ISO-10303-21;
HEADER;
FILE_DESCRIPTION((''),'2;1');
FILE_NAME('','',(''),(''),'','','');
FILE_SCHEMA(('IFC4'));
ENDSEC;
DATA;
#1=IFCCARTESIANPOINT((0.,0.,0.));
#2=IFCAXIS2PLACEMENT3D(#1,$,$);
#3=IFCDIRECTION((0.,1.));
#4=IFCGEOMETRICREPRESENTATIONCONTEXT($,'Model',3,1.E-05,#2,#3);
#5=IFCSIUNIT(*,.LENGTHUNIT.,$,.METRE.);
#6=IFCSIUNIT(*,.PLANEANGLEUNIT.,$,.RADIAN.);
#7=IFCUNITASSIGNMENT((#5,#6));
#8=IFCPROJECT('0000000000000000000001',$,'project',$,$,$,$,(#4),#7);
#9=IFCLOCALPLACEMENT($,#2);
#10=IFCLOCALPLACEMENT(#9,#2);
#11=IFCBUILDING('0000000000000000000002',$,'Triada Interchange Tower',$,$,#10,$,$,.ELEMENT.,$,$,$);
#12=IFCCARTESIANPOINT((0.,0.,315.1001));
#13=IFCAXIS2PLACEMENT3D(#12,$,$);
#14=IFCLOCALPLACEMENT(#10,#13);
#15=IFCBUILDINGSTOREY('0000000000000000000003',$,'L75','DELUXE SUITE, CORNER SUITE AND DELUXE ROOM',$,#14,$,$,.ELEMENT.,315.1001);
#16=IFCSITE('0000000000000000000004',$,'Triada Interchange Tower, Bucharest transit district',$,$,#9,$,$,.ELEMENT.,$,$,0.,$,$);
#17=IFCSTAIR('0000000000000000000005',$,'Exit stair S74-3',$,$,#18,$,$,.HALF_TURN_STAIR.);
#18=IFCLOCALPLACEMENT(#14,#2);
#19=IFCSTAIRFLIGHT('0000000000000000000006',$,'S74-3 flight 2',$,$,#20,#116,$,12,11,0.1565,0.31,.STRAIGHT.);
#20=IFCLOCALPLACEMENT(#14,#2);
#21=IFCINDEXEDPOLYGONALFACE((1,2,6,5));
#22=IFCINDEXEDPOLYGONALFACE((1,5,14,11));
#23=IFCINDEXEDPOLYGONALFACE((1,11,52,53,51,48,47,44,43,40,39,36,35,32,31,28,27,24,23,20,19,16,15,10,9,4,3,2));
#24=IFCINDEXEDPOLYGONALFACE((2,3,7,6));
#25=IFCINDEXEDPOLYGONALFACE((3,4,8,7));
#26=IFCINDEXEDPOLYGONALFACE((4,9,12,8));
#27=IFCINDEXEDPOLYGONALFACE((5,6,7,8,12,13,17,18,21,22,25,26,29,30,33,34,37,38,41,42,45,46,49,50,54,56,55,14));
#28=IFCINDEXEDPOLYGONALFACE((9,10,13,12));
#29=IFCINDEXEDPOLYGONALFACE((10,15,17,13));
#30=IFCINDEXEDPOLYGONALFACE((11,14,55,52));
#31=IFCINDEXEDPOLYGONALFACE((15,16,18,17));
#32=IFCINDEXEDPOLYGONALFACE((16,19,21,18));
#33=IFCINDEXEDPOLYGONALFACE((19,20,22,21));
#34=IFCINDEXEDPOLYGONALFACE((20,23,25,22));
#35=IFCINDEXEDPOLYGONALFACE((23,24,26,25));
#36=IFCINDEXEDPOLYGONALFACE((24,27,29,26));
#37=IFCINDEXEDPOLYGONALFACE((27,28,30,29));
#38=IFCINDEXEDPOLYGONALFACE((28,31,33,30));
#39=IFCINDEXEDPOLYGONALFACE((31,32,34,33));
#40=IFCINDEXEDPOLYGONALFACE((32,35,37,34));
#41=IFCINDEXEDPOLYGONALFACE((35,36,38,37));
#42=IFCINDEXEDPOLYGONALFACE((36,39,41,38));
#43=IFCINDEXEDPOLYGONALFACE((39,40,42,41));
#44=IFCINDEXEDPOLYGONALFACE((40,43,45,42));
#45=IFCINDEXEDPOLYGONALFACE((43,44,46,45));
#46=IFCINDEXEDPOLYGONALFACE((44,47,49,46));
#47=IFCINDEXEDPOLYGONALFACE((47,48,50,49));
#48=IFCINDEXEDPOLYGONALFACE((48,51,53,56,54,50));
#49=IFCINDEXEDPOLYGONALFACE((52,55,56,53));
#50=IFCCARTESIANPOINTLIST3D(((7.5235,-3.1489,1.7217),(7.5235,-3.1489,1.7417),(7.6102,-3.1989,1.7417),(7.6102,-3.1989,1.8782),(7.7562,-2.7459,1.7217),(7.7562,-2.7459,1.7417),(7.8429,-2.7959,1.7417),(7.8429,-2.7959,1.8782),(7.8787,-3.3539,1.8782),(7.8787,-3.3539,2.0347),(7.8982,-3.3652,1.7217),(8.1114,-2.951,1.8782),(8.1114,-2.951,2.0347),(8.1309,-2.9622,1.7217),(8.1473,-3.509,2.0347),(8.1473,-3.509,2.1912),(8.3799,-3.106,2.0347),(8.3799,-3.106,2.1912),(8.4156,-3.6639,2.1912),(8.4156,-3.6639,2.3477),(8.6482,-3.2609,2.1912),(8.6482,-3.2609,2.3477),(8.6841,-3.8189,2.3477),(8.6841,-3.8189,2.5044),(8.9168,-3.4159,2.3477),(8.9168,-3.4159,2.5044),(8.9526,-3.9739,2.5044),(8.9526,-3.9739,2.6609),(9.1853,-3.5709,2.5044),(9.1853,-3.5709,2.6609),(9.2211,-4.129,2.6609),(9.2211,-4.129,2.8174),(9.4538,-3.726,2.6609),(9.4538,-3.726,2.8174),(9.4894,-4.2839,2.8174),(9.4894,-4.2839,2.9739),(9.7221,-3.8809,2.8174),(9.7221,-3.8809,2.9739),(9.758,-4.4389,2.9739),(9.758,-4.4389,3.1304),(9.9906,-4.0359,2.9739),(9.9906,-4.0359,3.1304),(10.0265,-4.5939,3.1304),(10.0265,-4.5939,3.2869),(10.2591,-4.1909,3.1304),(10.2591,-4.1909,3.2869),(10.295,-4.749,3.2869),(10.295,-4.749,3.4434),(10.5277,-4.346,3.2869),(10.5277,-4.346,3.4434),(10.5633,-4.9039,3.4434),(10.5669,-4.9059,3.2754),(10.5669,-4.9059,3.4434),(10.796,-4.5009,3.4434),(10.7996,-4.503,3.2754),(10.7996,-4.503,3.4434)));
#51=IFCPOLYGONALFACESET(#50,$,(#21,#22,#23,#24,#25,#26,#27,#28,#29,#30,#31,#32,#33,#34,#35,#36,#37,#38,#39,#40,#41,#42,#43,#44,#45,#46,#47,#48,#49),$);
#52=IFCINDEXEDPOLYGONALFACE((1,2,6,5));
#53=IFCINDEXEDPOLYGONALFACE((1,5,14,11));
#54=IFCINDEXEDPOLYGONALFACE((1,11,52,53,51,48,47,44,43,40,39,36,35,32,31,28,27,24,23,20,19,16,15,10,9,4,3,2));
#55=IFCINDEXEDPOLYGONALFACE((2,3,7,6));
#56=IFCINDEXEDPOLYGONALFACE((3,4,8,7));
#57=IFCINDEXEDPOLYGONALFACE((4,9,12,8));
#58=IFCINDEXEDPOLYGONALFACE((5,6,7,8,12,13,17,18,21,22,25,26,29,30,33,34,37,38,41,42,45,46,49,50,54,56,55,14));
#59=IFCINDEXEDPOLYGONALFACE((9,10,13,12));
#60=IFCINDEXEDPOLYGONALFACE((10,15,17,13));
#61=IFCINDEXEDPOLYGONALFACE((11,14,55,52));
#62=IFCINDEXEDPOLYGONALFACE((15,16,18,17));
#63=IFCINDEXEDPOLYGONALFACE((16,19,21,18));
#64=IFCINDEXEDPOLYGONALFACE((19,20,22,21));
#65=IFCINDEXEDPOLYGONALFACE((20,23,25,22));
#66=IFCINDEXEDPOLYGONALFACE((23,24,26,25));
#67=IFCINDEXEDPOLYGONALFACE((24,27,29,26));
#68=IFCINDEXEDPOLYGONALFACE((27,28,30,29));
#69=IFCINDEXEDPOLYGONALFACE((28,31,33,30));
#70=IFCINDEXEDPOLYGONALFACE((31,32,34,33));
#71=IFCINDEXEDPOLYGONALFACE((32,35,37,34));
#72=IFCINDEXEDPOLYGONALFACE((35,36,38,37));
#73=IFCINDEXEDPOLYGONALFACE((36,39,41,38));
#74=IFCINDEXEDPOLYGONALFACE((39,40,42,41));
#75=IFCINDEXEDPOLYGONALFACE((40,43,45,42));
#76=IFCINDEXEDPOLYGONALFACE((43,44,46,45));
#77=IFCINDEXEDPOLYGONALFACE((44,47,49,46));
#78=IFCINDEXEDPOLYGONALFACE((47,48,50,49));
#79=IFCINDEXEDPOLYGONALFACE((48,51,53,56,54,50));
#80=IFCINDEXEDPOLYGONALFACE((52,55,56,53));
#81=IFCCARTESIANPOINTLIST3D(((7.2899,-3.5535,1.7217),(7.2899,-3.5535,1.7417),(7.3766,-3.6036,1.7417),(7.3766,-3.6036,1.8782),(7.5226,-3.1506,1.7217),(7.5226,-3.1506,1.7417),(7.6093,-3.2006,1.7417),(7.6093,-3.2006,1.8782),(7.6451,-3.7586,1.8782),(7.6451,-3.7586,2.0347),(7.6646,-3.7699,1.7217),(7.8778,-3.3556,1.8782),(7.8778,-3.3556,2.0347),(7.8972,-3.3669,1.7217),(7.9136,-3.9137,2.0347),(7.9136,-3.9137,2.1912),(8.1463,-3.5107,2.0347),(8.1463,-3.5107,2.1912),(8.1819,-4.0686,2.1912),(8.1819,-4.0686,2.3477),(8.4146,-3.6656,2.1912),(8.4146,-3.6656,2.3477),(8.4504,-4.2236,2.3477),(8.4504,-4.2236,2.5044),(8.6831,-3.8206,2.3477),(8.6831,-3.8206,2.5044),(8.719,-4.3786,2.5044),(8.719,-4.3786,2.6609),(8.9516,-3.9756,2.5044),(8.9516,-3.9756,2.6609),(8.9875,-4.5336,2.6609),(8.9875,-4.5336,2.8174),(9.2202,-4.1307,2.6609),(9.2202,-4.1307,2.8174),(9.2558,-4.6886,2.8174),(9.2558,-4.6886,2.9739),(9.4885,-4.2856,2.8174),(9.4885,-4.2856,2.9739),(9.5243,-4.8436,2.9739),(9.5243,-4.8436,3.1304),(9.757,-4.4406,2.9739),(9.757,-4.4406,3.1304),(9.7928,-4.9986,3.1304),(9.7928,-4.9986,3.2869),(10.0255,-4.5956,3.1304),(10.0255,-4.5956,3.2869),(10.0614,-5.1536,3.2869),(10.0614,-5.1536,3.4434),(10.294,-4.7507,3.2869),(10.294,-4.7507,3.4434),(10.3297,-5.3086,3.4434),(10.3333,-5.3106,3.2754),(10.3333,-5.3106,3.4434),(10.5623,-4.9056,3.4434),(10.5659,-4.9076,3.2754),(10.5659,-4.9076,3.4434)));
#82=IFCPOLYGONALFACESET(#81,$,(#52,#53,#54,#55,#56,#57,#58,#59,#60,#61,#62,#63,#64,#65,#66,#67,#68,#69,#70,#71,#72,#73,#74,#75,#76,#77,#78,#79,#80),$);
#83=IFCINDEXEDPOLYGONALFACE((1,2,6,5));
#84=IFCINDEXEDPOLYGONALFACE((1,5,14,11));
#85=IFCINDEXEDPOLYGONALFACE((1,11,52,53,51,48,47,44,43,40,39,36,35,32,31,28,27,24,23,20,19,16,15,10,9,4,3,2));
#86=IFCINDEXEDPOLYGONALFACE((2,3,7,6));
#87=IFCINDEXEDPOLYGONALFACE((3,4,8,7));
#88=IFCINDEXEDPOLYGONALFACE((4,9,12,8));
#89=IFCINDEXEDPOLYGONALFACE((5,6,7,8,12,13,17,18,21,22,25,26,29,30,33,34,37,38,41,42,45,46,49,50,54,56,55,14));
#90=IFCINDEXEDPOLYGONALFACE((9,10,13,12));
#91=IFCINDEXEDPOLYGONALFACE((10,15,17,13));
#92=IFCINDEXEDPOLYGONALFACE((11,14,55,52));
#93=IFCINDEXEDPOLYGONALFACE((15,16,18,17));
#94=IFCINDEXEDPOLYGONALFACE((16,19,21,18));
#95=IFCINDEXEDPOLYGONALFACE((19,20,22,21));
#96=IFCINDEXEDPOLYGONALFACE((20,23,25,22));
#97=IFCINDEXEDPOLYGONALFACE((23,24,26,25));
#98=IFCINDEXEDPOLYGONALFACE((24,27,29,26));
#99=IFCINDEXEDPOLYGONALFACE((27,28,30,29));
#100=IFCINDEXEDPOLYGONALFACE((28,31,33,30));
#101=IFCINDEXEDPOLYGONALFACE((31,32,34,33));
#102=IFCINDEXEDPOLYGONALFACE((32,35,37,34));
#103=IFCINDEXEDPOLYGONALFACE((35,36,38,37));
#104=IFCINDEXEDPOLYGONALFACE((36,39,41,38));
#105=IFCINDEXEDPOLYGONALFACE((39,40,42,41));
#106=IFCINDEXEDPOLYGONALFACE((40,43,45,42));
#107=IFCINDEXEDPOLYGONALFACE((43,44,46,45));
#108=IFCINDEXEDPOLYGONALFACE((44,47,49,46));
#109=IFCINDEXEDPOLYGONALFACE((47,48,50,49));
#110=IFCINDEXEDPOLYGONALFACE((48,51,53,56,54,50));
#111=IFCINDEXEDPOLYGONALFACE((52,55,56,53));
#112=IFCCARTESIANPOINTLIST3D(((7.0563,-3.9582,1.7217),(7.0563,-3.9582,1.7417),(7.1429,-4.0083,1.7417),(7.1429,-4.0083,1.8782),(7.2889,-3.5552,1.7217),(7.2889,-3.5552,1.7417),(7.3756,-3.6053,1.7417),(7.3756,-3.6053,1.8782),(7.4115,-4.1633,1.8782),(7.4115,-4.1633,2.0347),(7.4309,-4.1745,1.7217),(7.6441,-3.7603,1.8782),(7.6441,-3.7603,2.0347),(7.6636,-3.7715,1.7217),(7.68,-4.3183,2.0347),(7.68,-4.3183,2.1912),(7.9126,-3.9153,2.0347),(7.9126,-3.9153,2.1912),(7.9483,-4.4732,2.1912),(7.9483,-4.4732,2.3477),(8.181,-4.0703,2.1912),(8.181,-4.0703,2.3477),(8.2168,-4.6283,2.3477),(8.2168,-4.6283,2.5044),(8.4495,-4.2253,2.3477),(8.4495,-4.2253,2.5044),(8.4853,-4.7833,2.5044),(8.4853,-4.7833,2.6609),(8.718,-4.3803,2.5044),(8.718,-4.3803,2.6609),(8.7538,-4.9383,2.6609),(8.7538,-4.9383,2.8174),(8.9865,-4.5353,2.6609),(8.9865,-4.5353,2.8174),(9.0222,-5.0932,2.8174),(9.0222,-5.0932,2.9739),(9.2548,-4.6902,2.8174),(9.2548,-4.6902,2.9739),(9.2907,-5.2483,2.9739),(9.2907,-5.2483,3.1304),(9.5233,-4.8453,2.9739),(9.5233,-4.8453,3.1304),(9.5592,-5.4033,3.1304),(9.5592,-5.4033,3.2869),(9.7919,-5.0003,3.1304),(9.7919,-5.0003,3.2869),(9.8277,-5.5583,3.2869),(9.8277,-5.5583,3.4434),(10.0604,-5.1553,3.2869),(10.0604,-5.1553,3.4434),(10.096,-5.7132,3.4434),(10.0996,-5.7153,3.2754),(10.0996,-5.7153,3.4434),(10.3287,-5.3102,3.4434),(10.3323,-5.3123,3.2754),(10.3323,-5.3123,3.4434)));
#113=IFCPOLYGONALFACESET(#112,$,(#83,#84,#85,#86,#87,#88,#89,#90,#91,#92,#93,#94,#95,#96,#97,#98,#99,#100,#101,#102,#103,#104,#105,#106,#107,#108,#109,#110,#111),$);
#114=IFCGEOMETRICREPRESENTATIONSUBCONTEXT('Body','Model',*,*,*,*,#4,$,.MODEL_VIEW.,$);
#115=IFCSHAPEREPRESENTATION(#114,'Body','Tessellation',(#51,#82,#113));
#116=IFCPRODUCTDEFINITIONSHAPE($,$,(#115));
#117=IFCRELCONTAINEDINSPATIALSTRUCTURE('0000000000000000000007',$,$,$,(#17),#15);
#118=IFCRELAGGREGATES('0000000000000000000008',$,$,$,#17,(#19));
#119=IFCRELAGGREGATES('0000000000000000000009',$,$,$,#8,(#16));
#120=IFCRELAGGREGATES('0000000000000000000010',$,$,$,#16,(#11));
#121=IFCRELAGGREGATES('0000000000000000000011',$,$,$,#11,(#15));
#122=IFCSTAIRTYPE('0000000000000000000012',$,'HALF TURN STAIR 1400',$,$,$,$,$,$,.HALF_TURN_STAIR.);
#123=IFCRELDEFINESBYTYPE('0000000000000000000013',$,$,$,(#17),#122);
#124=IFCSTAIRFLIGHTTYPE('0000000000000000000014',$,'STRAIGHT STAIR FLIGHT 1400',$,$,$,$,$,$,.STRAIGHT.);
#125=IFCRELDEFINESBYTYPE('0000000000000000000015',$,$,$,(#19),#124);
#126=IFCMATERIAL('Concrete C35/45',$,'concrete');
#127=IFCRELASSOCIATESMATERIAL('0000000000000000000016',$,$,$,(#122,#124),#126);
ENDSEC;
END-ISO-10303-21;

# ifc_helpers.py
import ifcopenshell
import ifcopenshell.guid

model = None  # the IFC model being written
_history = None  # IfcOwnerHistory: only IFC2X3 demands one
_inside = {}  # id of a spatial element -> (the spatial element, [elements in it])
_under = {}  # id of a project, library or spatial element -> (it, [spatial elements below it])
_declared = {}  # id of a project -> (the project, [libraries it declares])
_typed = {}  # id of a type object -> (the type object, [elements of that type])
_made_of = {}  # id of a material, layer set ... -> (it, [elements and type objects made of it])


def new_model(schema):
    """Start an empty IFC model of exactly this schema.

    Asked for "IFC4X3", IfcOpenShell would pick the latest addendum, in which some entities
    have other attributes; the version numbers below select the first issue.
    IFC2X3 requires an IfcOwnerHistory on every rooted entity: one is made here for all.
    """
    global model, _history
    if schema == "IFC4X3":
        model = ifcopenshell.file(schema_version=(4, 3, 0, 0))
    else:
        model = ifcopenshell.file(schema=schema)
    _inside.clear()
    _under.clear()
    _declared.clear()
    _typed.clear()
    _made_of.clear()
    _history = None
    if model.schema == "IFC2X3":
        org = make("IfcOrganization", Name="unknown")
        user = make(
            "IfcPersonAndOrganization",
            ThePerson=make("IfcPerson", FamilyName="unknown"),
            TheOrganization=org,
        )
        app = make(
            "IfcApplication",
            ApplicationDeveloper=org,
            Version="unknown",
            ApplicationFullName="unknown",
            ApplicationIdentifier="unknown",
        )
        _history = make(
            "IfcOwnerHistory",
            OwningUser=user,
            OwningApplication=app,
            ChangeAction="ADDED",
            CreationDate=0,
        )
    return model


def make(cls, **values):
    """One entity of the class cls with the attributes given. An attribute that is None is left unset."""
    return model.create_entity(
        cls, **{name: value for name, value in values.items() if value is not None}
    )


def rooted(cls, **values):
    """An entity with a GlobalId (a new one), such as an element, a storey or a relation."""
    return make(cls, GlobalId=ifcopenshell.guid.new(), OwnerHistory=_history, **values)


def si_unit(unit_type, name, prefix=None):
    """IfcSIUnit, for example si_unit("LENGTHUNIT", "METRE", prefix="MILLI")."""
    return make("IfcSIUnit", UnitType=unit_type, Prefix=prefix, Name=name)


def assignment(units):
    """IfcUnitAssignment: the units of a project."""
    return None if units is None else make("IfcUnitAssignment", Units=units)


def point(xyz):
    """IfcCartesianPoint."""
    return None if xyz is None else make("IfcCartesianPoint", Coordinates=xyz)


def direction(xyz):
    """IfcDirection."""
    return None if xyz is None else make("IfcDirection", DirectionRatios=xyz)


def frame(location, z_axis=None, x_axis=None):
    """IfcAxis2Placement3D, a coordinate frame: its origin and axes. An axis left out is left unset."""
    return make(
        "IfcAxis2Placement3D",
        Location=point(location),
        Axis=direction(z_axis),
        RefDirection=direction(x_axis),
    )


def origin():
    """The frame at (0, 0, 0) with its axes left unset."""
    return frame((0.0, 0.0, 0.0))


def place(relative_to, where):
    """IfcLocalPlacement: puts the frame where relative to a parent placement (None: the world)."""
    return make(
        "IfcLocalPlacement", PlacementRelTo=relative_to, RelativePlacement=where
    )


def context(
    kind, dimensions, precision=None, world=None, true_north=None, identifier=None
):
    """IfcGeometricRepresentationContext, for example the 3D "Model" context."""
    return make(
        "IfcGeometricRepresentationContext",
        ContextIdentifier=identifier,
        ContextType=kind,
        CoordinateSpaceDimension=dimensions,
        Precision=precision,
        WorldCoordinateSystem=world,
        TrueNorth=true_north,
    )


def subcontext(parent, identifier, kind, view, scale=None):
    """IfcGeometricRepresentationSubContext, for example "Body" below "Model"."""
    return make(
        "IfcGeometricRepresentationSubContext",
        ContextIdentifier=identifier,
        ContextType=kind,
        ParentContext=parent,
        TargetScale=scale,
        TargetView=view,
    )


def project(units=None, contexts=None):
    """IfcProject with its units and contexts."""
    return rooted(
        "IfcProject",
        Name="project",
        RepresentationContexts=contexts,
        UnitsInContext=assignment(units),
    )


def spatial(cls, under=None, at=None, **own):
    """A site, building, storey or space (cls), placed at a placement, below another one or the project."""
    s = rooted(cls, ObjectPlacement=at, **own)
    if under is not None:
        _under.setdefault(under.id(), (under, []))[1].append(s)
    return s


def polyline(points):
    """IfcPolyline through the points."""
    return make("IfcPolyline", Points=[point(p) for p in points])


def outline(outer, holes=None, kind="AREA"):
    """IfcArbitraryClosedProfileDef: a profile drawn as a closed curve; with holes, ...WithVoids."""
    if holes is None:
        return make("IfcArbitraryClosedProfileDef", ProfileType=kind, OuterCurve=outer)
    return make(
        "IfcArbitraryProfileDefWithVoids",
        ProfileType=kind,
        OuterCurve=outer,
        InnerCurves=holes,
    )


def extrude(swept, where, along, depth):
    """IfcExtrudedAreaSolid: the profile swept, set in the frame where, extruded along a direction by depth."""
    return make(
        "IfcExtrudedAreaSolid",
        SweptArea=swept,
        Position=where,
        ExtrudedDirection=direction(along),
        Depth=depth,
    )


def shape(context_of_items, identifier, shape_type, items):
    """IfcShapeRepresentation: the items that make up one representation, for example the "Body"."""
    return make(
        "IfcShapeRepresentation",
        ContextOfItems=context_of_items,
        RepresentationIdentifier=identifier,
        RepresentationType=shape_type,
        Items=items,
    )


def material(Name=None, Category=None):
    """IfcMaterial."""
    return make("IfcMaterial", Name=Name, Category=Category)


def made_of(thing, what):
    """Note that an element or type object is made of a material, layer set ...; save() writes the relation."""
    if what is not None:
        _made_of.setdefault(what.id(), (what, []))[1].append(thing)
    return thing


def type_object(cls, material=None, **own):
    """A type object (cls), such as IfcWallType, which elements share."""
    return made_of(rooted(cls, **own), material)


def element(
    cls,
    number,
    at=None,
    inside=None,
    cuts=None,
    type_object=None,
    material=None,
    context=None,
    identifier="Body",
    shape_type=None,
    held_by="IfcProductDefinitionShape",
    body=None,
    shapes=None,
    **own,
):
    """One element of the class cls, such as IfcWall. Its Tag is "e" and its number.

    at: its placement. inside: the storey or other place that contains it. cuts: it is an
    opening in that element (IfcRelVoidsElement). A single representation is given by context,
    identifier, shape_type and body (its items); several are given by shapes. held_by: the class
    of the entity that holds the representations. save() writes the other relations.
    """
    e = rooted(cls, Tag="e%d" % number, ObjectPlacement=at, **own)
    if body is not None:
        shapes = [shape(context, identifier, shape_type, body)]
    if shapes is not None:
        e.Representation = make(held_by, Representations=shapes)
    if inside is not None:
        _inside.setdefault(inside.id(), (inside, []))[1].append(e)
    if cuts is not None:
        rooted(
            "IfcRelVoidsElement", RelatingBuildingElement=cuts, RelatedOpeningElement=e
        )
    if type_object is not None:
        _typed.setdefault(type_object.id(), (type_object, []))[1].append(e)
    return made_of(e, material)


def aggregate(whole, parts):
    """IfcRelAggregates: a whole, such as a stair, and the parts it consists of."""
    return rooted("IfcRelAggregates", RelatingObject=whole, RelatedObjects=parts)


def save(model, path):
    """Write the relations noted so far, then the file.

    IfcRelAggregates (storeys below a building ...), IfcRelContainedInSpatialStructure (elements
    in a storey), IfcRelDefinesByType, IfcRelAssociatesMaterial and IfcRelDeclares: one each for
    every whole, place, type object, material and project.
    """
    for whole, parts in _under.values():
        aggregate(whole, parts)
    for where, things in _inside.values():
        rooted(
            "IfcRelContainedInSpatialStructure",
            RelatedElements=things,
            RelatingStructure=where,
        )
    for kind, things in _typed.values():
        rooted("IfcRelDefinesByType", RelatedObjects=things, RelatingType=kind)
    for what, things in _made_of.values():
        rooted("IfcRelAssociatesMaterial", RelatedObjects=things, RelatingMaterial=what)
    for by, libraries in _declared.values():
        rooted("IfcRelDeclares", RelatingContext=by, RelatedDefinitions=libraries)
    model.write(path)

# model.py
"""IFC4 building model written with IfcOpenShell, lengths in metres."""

from ifc_helpers import new_model, si_unit, direction, frame, origin, place, context, subcontext, project, spatial, polyline, outline, extrude, material, type_object, element, aggregate, save


model = new_model("IFC4")

# Units and contexts
model_context = context("Model", 3, precision=1e-05, world=origin(), true_north=direction((0.0, 1.0)))
body_context = subcontext(model_context, "Body", "Model", "MODEL_VIEW")
ifc_project = project(units=[si_unit("LENGTHUNIT", "METRE"), si_unit("PLANEANGLEUNIT", "RADIAN")], contexts=[model_context])

# Site, building, storey
site_placement = place(None, origin())
site = spatial("IfcSite", under=ifc_project, at=site_placement, Name="Triada Interchange Tower, Bucharest transit district", CompositionType="ELEMENT", RefElevation=0.0)
building_placement = place(site_placement, origin())
building = spatial("IfcBuilding", under=site, at=building_placement, Name="Triada Interchange Tower", CompositionType="ELEMENT")
storey_placement = place(building_placement, frame((0.0, 0.0, 315.1001)))
storey = spatial("IfcBuildingStorey", under=building, at=storey_placement, Name="L75", Description="DELUXE SUITE, CORNER SUITE AND DELUXE ROOM", CompositionType="ELEMENT", Elevation=315.1001)

# Stair, stair flight
ifc_material_1 = material(Name="Concrete C35/45", Category="concrete")
stair_type = type_object("IfcStairType", Name="HALF TURN STAIR 1400", PredefinedType="HALF_TURN_STAIR", material=ifc_material_1)
stair_placement = place(storey_placement, origin())
stair = element("IfcStair", 1, at=stair_placement, inside=storey, type_object=stair_type, Name="Exit stair S74-3", PredefinedType="HALF_TURN_STAIR")
stair_flight_type = type_object("IfcStairFlightType", Name="STRAIGHT STAIR FLIGHT 1400", PredefinedType="STRAIGHT", material=ifc_material_1)
stair_flight_1_placement = place(storey_placement, frame((7.4929, -3.4021, 1.7217), z_axis=(0.0, 0.0, 1.0), x_axis=(0.866025, -0.5, 0.0)))
stair_flight_1 = element("IfcStairFlight", 2, at=stair_flight_1_placement, type_object=stair_flight_type, Name="S74-3 flight 2", NumberOfRisers=12, NumberOfTreads=11, PredefinedType="STRAIGHT", RiserHeight=0.1565, TreadLength=0.31, context=body_context, shape_type="SweptSolid", body=[
    extrude(outline(polyline([(-0.1001, 0.0), (-0.1001, 0.02), (0.0, 0.02), (0.0, 0.1565), (0.3101, 0.1565), (0.3101, 0.313), (0.6201, 0.313), (0.6201, 0.4695), (0.9299, 0.4695), (0.9299, 0.626), (1.24, 0.626), (1.24, 0.7827), (1.55, 0.7827), (1.55, 0.9392), (1.8601, 0.9392), (1.8601, 1.0957), (2.1699, 1.0957), (2.1699, 1.2522), (2.48, 1.2522), (2.48, 1.4087), (2.79, 1.4087), (2.79, 1.5652), (3.1001, 1.5652), (3.1001, 1.7217), (3.4099, 1.7217), (3.4141, 1.7217), (3.4141, 1.8782), (3.4141, 1.5537), (0.3325, 0.0), (-0.1001, 0.0)])), frame((0.0, 0.7, 0.0), z_axis=(0.0, -1.0, 0.0), x_axis=(1.0, 0.0, 0.0)), (0.0, 0.0, 1.0), 0.4653),
    extrude(outline(polyline([(-0.1001, 0.0), (-0.1001, 0.02), (0.0, 0.02), (0.0, 0.1565), (0.3101, 0.1565), (0.3101, 0.313), (0.6201, 0.313), (0.6201, 0.4695), (0.9299, 0.4695), (0.9299, 0.626), (1.24, 0.626), (1.24, 0.7827), (1.55, 0.7827), (1.55, 0.9392), (1.8601, 0.9392), (1.8601, 1.0957), (2.1699, 1.0957), (2.1699, 1.2522), (2.48, 1.2522), (2.48, 1.4087), (2.79, 1.4087), (2.79, 1.5652), (3.1001, 1.5652), (3.1001, 1.7217), (3.4099, 1.7217), (3.4141, 1.7217), (3.4141, 1.8782), (3.4141, 1.5537), (0.3325, 0.0), (-0.1001, 0.0)])), frame((0.0, 0.2327, 0.0), z_axis=(0.0, -1.0, 0.0), x_axis=(1.0, 0.0, 0.0)), (0.0, 0.0, 1.0), 0.4653),
    extrude(outline(polyline([(-0.1001, 0.0), (-0.1001, 0.02), (0.0, 0.02), (0.0, 0.1565), (0.3101, 0.1565), (0.3101, 0.313), (0.6201, 0.313), (0.6201, 0.4695), (0.9299, 0.4695), (0.9299, 0.626), (1.24, 0.626), (1.24, 0.7827), (1.55, 0.7827), (1.55, 0.9392), (1.8601, 0.9392), (1.8601, 1.0957), (2.1699, 1.0957), (2.1699, 1.2522), (2.48, 1.2522), (2.48, 1.4087), (2.79, 1.4087), (2.79, 1.5652), (3.1001, 1.5652), (3.1001, 1.7217), (3.4099, 1.7217), (3.4141, 1.7217), (3.4141, 1.8782), (3.4141, 1.5537), (0.3325, 0.0), (-0.1001, 0.0)])), frame((0.0, -0.2346, 0.0), z_axis=(0.0, -1.0, 0.0), x_axis=(1.0, 0.0, 0.0)), (0.0, 0.0, 1.0), 0.4653),
])
aggregate(stair, [stair_flight_1])

save(model, "model.ifc")
